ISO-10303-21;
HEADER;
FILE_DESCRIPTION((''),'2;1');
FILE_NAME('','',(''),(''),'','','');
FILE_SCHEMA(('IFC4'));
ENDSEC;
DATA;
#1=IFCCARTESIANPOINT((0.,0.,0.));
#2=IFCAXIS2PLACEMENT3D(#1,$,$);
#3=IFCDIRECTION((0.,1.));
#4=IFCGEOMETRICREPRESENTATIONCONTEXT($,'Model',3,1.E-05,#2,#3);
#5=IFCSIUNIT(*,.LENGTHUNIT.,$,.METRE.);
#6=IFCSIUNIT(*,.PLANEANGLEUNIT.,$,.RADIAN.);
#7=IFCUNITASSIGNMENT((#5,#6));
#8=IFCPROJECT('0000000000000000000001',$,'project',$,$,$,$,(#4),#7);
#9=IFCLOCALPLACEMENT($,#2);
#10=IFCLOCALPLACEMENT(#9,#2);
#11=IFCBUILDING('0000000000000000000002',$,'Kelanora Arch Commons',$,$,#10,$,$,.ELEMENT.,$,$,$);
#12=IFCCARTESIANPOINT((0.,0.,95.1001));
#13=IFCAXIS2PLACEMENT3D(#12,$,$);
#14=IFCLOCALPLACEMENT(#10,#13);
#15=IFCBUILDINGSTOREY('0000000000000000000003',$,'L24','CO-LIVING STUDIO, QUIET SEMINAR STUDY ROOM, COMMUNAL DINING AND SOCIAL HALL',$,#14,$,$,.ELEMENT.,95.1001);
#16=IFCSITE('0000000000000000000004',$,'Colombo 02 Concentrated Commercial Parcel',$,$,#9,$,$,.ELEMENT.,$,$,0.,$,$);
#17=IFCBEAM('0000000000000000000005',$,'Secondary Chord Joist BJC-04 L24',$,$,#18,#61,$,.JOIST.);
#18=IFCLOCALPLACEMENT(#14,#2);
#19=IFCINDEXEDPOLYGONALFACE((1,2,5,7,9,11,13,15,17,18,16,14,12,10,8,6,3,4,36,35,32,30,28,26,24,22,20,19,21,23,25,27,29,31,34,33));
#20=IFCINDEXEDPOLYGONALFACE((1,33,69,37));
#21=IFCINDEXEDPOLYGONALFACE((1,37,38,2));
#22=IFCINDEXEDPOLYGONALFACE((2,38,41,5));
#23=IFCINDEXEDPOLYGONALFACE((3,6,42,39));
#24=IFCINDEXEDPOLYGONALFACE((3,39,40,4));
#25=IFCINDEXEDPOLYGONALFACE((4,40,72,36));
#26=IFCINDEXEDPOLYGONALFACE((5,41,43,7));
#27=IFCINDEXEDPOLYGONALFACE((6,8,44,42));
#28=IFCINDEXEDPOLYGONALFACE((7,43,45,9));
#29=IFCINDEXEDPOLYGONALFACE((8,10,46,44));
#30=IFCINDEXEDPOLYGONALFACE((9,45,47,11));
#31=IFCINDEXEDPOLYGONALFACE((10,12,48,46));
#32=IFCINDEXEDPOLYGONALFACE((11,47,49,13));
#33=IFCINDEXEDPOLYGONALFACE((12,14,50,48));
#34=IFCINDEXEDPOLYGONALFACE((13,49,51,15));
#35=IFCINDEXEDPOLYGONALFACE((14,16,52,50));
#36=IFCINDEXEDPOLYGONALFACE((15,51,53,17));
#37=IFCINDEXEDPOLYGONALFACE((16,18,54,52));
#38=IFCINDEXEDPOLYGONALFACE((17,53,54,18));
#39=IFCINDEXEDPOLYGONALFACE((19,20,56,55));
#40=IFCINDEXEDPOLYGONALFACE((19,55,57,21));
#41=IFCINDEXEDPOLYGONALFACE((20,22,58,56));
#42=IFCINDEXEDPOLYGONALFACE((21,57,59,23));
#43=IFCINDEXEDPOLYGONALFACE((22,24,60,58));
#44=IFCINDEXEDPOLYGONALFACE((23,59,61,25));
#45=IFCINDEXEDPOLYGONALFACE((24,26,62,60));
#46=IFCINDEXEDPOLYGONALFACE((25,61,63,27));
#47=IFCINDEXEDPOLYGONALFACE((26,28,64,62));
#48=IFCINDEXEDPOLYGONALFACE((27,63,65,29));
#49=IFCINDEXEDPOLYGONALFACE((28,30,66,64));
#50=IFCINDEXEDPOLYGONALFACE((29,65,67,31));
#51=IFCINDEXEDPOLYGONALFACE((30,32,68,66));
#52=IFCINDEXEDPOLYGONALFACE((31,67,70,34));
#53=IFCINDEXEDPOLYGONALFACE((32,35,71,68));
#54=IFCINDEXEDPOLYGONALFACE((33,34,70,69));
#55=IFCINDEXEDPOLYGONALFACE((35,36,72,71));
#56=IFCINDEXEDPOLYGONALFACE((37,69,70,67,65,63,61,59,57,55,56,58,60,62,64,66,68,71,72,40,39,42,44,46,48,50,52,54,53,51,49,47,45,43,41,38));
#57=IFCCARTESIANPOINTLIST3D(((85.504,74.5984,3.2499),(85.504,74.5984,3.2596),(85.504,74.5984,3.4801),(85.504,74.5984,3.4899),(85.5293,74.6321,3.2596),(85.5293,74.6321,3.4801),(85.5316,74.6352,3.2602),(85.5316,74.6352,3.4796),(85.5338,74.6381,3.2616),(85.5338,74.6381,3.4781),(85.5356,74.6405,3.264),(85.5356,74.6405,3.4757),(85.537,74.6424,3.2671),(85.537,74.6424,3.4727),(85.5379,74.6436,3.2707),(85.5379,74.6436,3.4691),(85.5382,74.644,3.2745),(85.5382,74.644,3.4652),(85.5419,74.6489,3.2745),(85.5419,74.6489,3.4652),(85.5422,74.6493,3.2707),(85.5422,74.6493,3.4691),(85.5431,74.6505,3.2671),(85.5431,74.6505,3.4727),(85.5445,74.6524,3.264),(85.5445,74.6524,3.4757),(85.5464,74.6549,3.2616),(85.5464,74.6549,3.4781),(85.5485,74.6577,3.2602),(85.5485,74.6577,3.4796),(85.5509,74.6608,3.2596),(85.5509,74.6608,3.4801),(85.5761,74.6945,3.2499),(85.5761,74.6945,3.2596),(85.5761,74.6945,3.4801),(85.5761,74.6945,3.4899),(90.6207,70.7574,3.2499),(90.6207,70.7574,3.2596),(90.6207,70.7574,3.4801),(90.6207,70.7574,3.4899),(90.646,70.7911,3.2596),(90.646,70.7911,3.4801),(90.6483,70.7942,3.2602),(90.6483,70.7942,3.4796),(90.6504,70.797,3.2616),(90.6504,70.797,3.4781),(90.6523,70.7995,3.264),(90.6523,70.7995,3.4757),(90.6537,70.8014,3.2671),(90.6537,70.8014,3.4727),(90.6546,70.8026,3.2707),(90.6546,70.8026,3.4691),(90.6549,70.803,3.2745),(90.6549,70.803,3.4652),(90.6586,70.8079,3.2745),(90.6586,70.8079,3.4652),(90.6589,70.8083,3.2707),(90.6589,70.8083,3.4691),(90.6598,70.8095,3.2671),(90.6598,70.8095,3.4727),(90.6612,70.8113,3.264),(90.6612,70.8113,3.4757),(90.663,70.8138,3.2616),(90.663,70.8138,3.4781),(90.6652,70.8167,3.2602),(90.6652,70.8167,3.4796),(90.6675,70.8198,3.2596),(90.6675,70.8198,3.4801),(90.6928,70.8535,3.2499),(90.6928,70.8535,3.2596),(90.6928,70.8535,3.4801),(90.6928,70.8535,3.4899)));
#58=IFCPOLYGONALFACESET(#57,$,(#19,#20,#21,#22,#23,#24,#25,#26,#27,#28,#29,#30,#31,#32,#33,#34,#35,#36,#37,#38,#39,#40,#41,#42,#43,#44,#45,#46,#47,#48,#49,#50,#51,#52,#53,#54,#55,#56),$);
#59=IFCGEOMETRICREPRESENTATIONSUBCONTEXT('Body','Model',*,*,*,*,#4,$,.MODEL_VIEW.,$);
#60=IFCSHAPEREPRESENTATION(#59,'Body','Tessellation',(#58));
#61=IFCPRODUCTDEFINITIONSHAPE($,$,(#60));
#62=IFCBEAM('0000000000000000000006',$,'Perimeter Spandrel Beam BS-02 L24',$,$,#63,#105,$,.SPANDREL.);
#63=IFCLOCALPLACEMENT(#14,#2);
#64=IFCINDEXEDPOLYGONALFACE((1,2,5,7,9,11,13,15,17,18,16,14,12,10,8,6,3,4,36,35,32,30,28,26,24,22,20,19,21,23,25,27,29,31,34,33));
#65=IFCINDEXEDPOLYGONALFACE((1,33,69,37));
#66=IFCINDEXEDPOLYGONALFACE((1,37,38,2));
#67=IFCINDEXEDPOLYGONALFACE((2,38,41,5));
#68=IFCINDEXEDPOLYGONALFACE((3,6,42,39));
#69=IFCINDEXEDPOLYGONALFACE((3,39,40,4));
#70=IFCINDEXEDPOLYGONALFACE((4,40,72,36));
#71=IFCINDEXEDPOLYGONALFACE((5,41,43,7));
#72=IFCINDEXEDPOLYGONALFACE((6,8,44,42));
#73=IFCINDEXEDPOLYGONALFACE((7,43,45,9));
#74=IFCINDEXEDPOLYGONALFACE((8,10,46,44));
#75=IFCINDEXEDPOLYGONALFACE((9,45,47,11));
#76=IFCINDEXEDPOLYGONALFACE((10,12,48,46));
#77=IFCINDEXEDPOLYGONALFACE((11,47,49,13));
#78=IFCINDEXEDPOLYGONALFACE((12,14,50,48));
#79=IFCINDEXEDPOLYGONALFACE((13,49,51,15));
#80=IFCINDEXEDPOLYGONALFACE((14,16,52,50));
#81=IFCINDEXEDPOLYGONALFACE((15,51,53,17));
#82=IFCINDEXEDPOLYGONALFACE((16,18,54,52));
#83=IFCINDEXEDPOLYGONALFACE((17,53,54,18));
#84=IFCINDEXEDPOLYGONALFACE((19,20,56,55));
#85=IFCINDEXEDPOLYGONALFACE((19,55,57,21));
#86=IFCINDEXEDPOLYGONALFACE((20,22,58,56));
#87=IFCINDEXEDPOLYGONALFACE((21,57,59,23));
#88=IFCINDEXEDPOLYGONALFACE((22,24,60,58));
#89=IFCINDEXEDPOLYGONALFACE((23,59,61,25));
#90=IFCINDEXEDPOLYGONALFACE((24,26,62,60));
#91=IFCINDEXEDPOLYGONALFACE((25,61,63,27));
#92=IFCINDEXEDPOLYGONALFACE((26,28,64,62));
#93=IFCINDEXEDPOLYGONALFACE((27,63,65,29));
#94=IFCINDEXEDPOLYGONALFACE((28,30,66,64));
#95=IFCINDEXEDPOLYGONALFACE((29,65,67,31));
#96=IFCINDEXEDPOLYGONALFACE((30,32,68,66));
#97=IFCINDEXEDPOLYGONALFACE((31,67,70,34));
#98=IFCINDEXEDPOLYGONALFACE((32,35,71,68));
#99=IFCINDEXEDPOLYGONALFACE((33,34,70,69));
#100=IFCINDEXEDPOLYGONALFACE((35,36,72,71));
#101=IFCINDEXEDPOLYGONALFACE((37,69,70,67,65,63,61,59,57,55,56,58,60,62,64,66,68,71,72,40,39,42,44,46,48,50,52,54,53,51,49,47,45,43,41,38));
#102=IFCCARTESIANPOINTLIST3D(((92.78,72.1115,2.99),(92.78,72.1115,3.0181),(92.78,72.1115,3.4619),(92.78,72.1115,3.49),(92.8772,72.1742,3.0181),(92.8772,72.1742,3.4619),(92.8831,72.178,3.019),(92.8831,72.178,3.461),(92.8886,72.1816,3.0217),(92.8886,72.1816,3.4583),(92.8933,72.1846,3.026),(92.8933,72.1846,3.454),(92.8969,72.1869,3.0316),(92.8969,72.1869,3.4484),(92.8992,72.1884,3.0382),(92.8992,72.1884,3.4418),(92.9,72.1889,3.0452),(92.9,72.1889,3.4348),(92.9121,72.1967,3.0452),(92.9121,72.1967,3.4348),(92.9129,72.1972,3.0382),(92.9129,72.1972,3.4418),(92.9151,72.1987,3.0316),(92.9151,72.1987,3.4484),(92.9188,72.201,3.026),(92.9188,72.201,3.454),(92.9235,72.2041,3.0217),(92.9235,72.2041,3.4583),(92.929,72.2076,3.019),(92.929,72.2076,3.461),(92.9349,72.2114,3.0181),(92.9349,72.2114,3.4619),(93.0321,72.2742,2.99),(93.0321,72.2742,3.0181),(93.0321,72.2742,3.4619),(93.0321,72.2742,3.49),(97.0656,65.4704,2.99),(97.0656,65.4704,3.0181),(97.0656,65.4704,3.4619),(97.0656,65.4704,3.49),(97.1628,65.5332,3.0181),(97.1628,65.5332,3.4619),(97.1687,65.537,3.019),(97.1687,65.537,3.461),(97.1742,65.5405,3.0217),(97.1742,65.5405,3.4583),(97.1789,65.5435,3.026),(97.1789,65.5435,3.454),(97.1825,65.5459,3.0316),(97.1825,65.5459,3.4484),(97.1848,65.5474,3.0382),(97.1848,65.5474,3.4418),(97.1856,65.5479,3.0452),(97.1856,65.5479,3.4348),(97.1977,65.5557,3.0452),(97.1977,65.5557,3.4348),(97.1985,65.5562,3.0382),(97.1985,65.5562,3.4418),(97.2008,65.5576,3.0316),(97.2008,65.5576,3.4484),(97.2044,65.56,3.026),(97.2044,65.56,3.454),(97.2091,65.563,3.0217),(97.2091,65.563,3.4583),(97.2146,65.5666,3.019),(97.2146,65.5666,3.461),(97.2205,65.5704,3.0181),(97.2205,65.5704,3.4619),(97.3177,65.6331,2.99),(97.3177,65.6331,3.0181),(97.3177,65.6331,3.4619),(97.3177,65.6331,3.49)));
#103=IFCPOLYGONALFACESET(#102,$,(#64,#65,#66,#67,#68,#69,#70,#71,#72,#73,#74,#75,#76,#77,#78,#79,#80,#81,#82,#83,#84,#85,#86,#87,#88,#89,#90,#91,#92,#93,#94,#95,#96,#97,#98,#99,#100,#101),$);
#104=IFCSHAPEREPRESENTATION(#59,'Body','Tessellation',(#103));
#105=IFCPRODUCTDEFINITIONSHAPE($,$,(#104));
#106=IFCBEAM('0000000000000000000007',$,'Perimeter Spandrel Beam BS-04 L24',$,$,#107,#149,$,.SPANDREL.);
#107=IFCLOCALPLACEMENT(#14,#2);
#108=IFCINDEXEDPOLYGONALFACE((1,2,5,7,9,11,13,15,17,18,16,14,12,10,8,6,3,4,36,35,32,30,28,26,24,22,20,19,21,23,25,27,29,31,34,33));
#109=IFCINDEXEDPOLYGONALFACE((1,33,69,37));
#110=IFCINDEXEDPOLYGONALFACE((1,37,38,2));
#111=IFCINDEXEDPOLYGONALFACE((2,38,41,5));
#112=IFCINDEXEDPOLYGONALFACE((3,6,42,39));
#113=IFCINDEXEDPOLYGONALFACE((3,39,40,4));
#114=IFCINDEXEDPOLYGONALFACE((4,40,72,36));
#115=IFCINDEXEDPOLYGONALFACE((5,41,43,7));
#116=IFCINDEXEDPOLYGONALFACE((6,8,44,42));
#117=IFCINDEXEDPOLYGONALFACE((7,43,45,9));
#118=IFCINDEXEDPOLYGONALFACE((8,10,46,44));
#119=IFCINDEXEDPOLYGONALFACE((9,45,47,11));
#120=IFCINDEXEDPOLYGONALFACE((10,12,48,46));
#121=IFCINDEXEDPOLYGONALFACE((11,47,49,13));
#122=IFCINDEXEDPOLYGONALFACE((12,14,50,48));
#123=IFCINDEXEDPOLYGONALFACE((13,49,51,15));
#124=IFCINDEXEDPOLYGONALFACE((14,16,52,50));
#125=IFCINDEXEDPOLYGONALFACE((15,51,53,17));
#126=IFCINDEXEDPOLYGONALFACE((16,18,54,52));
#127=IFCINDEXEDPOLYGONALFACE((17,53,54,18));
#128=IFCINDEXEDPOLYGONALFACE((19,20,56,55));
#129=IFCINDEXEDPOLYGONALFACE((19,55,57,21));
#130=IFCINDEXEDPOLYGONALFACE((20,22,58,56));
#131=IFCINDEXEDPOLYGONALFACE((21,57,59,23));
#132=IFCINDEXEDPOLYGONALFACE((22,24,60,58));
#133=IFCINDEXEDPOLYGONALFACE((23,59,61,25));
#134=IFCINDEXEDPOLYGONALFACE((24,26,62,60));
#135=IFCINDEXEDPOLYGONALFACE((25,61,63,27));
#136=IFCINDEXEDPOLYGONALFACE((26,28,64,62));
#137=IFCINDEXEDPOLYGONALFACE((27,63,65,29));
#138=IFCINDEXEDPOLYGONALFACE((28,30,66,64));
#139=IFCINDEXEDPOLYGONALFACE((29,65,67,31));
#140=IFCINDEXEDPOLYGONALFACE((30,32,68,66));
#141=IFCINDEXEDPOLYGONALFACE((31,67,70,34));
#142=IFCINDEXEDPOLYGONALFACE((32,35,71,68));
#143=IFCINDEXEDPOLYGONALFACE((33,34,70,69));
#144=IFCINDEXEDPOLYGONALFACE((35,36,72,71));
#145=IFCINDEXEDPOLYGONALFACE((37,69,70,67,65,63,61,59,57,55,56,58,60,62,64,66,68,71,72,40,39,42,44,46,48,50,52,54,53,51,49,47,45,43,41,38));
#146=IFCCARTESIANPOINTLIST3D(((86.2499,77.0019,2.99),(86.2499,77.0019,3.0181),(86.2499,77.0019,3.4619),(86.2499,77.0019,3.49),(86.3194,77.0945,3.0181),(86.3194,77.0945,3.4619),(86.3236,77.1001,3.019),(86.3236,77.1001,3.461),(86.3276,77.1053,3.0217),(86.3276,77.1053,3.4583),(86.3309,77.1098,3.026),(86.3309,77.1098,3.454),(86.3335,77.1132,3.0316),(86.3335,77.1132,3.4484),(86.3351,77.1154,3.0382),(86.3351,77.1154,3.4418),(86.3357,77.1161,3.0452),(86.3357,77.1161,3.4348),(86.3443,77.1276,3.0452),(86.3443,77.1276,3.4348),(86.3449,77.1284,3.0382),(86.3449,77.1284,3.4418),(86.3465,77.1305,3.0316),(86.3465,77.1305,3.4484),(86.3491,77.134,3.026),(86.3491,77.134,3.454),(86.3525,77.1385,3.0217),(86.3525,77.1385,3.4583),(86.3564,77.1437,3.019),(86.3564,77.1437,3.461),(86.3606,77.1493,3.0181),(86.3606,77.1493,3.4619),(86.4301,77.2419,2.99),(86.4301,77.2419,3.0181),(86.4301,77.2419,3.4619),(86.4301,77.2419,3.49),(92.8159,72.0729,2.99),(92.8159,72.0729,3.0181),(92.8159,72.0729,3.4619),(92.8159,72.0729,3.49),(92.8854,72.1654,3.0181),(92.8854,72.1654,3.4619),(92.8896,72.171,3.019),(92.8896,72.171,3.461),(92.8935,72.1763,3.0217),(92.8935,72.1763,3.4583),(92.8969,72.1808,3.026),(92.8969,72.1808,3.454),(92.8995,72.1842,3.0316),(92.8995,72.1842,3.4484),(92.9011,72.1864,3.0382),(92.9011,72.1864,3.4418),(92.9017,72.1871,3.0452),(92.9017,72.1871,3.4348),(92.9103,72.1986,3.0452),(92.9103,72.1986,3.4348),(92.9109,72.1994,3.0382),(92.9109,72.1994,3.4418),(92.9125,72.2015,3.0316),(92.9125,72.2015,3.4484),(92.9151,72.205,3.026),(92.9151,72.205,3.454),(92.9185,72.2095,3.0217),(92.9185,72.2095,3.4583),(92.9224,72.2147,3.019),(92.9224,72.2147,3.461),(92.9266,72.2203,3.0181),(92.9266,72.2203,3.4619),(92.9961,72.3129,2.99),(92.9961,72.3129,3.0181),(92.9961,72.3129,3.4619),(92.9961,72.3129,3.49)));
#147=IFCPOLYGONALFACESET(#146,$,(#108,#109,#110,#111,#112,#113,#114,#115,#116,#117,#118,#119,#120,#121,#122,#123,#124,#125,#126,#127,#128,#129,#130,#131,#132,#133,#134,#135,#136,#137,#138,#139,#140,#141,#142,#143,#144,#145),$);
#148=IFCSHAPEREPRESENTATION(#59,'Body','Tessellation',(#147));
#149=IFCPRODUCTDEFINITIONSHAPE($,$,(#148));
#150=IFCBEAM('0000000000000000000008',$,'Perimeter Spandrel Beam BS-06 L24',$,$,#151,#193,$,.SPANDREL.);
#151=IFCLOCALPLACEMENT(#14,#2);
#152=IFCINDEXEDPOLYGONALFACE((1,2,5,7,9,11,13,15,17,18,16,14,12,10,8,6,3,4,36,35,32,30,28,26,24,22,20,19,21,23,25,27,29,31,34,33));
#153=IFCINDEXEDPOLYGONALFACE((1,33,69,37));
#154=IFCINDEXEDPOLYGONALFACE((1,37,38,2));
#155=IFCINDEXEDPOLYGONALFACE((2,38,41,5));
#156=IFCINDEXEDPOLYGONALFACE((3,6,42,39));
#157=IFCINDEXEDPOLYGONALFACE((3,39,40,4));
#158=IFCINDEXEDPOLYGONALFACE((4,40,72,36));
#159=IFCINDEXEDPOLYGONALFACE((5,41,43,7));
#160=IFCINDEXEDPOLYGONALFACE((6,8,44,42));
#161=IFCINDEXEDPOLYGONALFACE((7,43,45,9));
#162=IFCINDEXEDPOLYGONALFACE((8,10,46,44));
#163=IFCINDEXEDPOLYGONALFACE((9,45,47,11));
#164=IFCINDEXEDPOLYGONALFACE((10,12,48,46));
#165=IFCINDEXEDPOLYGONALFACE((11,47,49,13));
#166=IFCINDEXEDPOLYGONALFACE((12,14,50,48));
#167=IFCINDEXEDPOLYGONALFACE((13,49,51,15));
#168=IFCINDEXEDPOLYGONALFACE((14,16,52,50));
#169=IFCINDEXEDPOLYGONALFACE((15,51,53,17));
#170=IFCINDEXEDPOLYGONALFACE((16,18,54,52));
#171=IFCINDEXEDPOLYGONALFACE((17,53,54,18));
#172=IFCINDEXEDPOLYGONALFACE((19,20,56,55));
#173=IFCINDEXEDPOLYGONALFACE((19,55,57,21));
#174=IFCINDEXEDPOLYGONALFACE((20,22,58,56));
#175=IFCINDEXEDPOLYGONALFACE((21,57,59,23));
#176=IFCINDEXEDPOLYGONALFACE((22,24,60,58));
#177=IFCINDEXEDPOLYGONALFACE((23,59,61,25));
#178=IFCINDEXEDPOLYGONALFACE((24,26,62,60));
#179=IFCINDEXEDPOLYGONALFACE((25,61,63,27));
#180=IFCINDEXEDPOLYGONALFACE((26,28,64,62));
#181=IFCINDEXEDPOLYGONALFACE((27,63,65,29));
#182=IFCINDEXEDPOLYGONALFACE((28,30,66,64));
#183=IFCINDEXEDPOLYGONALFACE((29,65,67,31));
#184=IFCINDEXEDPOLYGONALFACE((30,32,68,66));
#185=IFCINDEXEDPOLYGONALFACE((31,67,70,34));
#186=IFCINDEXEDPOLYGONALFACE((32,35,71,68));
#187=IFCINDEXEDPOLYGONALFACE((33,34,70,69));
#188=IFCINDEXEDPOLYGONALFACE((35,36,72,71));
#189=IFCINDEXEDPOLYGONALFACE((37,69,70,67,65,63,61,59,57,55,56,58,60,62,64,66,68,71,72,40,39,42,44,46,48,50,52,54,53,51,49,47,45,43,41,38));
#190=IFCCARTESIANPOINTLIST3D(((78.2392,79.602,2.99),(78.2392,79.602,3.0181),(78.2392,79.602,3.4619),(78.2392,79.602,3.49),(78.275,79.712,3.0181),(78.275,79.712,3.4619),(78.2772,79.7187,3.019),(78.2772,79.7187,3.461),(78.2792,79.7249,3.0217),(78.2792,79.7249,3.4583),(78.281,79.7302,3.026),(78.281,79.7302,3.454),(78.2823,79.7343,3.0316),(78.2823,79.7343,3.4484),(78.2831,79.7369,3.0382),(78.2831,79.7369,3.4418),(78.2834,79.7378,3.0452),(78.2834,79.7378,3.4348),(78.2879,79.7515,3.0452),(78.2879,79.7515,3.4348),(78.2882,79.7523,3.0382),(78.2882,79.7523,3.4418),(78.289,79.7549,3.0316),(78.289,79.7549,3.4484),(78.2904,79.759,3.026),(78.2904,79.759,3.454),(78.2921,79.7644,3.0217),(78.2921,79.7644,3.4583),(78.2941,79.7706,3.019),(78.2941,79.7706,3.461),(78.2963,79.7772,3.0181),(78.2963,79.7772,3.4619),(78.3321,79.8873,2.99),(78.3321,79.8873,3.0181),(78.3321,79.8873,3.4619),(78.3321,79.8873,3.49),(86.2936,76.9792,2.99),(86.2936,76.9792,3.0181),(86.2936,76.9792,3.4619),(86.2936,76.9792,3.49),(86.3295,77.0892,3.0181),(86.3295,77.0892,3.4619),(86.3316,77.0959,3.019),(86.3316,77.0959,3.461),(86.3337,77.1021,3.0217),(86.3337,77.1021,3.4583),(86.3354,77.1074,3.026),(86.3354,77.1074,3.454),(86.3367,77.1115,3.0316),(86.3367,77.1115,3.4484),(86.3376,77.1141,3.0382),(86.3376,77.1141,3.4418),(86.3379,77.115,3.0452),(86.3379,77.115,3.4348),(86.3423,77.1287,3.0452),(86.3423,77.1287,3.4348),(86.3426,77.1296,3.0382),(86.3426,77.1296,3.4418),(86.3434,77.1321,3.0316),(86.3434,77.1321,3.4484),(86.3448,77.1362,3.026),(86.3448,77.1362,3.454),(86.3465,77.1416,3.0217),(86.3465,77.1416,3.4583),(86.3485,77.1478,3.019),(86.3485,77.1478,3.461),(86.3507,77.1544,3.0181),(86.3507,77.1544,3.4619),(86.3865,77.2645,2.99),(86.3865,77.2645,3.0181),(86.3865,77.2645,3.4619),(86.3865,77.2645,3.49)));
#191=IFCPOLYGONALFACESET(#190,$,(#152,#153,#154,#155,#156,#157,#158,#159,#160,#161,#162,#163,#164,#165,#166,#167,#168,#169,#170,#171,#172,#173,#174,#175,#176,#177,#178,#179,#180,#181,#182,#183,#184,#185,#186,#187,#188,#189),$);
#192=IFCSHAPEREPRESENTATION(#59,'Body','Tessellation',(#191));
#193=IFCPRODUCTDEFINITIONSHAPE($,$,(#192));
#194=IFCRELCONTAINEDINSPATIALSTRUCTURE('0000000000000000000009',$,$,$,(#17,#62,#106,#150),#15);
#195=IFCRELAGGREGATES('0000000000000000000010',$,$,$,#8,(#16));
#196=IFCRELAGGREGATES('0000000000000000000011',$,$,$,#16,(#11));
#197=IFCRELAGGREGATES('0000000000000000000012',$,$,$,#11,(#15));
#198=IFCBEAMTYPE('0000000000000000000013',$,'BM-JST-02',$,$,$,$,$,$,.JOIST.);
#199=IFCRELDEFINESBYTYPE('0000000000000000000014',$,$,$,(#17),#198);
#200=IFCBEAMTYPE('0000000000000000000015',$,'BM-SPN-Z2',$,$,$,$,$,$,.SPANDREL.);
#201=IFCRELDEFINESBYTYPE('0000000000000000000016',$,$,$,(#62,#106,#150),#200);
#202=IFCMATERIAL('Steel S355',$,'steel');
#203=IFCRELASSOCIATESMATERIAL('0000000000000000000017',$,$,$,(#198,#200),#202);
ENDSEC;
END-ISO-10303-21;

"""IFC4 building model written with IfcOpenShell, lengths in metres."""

from ifc_helpers import new_model, si_unit, direction, frame, origin, origin_2d, place, context, subcontext, project, spatial, i_section, extrude, material, material_profile, profile_set, type_object, element, save


model = new_model("IFC4")

# Units and contexts
model_context = context("Model", 3, precision=1e-05, world=origin(), true_north=direction((0.0, 1.0)))
body_context = subcontext(model_context, "Body", "Model", "MODEL_VIEW")
ifc_project = project(units=[si_unit("LENGTHUNIT", "METRE"), si_unit("PLANEANGLEUNIT", "RADIAN")], contexts=[model_context])

# Site, building, storey
site_placement = place(None, origin())
site = spatial("IfcSite", under=ifc_project, at=site_placement, Name="Colombo 02 Concentrated Commercial Parcel", CompositionType="ELEMENT", RefElevation=0.0)
building_placement = place(site_placement, origin())
building = spatial("IfcBuilding", under=site, at=building_placement, Name="Kelanora Arch Commons", CompositionType="ELEMENT")
storey_placement = place(building_placement, frame((0.0, 0.0, 95.1001)))
storey = spatial("IfcBuildingStorey", under=building, at=storey_placement, Name="L24", Description="CO-LIVING STUDIO, QUIET SEMINAR STUDY ROOM, COMMUNAL DINING AND SOCIAL HALL", CompositionType="ELEMENT", Elevation=95.1001)

# Beams
ifc_material_1 = material(Name="Steel S355", Category="steel")
ifc_material_profile_1 = material_profile(ifc_material_1, i_section(OverallWidth=0.1201, OverallDepth=0.24, WebThickness=0.0061, FlangeThickness=0.0098, FilletRadius=0.0149, at=origin_2d()), Name="IPE240")
ifc_profile_set_1 = profile_set([ifc_material_profile_1], Name="Steel S355")
beam_type_1 = type_object("IfcBeamType", Name="BM-JST-02", PredefinedType="JOIST", material=ifc_profile_set_1)
beam_1_placement = place(storey_placement, frame((90.6567, 70.8054, 3.3699), z_axis=(-0.799734, 0.600354, 0.0), x_axis=(-0.600354, -0.799734, 0.0)))
element("IfcBeam", 1, at=beam_1_placement, inside=storey, type_object=beam_type_1, Name="Secondary Chord Joist BJC-04 L24", PredefinedType="JOIST", context=body_context, shape_type="SweptSolid", body=[
    extrude(i_section(OverallWidth=0.1201, OverallDepth=0.24, WebThickness=0.0061, FlangeThickness=0.0098, FilletRadius=0.0149, at=origin_2d()), origin(), (0.0, 0.0, 1.0), 6.3979),
])
ifc_material_profile_2 = material_profile(ifc_material_1, i_section(OverallWidth=0.3, OverallDepth=0.5, WebThickness=0.0144, FlangeThickness=0.0281, FilletRadius=0.0271, at=origin_2d()), Name="HEB500")
ifc_profile_set_2 = profile_set([ifc_material_profile_2], Name="Steel S355")
beam_type_2 = type_object("IfcBeamType", Name="BM-SPN-Z2", PredefinedType="SPANDREL", material=ifc_profile_set_2)
beam_2_placement = place(storey_placement, frame((97.1917, 65.5518, 3.24), z_axis=(-0.542221, 0.840236, 0.0), x_axis=(-0.840236, -0.542221, 0.0)))
element("IfcBeam", 2, at=beam_2_placement, inside=storey, type_object=beam_type_2, Name="Perimeter Spandrel Beam BS-02 L24", PredefinedType="SPANDREL", context=body_context, shape_type="SweptSolid", body=[
    extrude(i_section(OverallWidth=0.3, OverallDepth=0.5, WebThickness=0.0144, FlangeThickness=0.0281, FilletRadius=0.0271, at=origin_2d()), origin(), (0.0, 0.0, 1.0), 7.9038),
])
beam_3_placement = place(storey_placement, frame((92.906, 72.1929, 3.24), z_axis=(-0.799736, 0.600352, 0.0), x_axis=(-0.600352, -0.799736, 0.0)))
element("IfcBeam", 3, at=beam_3_placement, inside=storey, type_object=beam_type_2, Name="Perimeter Spandrel Beam BS-04 L24", PredefinedType="SPANDREL", context=body_context, shape_type="SweptSolid", body=[
    extrude(i_section(OverallWidth=0.3, OverallDepth=0.5, WebThickness=0.0144, FlangeThickness=0.0281, FilletRadius=0.0271, at=origin_2d()), origin(), (0.0, 0.0, 1.0), 8.2102),
])
beam_4_placement = place(storey_placement, frame((86.3401, 77.1218, 3.24), z_axis=(-0.950857, 0.309631, 0.0), x_axis=(-0.309631, -0.950857, 0.0)))
element("IfcBeam", 4, at=beam_4_placement, inside=storey, type_object=beam_type_2, Name="Perimeter Spandrel Beam BS-06 L24", PredefinedType="SPANDREL", context=body_context, shape_type="SweptSolid", body=[
    extrude(i_section(OverallWidth=0.3, OverallDepth=0.5, WebThickness=0.0144, FlangeThickness=0.0281, FilletRadius=0.0271, at=origin_2d()), origin(), (0.0, 0.0, 1.0), 8.4707),
])

save(model, "model.ifc")
